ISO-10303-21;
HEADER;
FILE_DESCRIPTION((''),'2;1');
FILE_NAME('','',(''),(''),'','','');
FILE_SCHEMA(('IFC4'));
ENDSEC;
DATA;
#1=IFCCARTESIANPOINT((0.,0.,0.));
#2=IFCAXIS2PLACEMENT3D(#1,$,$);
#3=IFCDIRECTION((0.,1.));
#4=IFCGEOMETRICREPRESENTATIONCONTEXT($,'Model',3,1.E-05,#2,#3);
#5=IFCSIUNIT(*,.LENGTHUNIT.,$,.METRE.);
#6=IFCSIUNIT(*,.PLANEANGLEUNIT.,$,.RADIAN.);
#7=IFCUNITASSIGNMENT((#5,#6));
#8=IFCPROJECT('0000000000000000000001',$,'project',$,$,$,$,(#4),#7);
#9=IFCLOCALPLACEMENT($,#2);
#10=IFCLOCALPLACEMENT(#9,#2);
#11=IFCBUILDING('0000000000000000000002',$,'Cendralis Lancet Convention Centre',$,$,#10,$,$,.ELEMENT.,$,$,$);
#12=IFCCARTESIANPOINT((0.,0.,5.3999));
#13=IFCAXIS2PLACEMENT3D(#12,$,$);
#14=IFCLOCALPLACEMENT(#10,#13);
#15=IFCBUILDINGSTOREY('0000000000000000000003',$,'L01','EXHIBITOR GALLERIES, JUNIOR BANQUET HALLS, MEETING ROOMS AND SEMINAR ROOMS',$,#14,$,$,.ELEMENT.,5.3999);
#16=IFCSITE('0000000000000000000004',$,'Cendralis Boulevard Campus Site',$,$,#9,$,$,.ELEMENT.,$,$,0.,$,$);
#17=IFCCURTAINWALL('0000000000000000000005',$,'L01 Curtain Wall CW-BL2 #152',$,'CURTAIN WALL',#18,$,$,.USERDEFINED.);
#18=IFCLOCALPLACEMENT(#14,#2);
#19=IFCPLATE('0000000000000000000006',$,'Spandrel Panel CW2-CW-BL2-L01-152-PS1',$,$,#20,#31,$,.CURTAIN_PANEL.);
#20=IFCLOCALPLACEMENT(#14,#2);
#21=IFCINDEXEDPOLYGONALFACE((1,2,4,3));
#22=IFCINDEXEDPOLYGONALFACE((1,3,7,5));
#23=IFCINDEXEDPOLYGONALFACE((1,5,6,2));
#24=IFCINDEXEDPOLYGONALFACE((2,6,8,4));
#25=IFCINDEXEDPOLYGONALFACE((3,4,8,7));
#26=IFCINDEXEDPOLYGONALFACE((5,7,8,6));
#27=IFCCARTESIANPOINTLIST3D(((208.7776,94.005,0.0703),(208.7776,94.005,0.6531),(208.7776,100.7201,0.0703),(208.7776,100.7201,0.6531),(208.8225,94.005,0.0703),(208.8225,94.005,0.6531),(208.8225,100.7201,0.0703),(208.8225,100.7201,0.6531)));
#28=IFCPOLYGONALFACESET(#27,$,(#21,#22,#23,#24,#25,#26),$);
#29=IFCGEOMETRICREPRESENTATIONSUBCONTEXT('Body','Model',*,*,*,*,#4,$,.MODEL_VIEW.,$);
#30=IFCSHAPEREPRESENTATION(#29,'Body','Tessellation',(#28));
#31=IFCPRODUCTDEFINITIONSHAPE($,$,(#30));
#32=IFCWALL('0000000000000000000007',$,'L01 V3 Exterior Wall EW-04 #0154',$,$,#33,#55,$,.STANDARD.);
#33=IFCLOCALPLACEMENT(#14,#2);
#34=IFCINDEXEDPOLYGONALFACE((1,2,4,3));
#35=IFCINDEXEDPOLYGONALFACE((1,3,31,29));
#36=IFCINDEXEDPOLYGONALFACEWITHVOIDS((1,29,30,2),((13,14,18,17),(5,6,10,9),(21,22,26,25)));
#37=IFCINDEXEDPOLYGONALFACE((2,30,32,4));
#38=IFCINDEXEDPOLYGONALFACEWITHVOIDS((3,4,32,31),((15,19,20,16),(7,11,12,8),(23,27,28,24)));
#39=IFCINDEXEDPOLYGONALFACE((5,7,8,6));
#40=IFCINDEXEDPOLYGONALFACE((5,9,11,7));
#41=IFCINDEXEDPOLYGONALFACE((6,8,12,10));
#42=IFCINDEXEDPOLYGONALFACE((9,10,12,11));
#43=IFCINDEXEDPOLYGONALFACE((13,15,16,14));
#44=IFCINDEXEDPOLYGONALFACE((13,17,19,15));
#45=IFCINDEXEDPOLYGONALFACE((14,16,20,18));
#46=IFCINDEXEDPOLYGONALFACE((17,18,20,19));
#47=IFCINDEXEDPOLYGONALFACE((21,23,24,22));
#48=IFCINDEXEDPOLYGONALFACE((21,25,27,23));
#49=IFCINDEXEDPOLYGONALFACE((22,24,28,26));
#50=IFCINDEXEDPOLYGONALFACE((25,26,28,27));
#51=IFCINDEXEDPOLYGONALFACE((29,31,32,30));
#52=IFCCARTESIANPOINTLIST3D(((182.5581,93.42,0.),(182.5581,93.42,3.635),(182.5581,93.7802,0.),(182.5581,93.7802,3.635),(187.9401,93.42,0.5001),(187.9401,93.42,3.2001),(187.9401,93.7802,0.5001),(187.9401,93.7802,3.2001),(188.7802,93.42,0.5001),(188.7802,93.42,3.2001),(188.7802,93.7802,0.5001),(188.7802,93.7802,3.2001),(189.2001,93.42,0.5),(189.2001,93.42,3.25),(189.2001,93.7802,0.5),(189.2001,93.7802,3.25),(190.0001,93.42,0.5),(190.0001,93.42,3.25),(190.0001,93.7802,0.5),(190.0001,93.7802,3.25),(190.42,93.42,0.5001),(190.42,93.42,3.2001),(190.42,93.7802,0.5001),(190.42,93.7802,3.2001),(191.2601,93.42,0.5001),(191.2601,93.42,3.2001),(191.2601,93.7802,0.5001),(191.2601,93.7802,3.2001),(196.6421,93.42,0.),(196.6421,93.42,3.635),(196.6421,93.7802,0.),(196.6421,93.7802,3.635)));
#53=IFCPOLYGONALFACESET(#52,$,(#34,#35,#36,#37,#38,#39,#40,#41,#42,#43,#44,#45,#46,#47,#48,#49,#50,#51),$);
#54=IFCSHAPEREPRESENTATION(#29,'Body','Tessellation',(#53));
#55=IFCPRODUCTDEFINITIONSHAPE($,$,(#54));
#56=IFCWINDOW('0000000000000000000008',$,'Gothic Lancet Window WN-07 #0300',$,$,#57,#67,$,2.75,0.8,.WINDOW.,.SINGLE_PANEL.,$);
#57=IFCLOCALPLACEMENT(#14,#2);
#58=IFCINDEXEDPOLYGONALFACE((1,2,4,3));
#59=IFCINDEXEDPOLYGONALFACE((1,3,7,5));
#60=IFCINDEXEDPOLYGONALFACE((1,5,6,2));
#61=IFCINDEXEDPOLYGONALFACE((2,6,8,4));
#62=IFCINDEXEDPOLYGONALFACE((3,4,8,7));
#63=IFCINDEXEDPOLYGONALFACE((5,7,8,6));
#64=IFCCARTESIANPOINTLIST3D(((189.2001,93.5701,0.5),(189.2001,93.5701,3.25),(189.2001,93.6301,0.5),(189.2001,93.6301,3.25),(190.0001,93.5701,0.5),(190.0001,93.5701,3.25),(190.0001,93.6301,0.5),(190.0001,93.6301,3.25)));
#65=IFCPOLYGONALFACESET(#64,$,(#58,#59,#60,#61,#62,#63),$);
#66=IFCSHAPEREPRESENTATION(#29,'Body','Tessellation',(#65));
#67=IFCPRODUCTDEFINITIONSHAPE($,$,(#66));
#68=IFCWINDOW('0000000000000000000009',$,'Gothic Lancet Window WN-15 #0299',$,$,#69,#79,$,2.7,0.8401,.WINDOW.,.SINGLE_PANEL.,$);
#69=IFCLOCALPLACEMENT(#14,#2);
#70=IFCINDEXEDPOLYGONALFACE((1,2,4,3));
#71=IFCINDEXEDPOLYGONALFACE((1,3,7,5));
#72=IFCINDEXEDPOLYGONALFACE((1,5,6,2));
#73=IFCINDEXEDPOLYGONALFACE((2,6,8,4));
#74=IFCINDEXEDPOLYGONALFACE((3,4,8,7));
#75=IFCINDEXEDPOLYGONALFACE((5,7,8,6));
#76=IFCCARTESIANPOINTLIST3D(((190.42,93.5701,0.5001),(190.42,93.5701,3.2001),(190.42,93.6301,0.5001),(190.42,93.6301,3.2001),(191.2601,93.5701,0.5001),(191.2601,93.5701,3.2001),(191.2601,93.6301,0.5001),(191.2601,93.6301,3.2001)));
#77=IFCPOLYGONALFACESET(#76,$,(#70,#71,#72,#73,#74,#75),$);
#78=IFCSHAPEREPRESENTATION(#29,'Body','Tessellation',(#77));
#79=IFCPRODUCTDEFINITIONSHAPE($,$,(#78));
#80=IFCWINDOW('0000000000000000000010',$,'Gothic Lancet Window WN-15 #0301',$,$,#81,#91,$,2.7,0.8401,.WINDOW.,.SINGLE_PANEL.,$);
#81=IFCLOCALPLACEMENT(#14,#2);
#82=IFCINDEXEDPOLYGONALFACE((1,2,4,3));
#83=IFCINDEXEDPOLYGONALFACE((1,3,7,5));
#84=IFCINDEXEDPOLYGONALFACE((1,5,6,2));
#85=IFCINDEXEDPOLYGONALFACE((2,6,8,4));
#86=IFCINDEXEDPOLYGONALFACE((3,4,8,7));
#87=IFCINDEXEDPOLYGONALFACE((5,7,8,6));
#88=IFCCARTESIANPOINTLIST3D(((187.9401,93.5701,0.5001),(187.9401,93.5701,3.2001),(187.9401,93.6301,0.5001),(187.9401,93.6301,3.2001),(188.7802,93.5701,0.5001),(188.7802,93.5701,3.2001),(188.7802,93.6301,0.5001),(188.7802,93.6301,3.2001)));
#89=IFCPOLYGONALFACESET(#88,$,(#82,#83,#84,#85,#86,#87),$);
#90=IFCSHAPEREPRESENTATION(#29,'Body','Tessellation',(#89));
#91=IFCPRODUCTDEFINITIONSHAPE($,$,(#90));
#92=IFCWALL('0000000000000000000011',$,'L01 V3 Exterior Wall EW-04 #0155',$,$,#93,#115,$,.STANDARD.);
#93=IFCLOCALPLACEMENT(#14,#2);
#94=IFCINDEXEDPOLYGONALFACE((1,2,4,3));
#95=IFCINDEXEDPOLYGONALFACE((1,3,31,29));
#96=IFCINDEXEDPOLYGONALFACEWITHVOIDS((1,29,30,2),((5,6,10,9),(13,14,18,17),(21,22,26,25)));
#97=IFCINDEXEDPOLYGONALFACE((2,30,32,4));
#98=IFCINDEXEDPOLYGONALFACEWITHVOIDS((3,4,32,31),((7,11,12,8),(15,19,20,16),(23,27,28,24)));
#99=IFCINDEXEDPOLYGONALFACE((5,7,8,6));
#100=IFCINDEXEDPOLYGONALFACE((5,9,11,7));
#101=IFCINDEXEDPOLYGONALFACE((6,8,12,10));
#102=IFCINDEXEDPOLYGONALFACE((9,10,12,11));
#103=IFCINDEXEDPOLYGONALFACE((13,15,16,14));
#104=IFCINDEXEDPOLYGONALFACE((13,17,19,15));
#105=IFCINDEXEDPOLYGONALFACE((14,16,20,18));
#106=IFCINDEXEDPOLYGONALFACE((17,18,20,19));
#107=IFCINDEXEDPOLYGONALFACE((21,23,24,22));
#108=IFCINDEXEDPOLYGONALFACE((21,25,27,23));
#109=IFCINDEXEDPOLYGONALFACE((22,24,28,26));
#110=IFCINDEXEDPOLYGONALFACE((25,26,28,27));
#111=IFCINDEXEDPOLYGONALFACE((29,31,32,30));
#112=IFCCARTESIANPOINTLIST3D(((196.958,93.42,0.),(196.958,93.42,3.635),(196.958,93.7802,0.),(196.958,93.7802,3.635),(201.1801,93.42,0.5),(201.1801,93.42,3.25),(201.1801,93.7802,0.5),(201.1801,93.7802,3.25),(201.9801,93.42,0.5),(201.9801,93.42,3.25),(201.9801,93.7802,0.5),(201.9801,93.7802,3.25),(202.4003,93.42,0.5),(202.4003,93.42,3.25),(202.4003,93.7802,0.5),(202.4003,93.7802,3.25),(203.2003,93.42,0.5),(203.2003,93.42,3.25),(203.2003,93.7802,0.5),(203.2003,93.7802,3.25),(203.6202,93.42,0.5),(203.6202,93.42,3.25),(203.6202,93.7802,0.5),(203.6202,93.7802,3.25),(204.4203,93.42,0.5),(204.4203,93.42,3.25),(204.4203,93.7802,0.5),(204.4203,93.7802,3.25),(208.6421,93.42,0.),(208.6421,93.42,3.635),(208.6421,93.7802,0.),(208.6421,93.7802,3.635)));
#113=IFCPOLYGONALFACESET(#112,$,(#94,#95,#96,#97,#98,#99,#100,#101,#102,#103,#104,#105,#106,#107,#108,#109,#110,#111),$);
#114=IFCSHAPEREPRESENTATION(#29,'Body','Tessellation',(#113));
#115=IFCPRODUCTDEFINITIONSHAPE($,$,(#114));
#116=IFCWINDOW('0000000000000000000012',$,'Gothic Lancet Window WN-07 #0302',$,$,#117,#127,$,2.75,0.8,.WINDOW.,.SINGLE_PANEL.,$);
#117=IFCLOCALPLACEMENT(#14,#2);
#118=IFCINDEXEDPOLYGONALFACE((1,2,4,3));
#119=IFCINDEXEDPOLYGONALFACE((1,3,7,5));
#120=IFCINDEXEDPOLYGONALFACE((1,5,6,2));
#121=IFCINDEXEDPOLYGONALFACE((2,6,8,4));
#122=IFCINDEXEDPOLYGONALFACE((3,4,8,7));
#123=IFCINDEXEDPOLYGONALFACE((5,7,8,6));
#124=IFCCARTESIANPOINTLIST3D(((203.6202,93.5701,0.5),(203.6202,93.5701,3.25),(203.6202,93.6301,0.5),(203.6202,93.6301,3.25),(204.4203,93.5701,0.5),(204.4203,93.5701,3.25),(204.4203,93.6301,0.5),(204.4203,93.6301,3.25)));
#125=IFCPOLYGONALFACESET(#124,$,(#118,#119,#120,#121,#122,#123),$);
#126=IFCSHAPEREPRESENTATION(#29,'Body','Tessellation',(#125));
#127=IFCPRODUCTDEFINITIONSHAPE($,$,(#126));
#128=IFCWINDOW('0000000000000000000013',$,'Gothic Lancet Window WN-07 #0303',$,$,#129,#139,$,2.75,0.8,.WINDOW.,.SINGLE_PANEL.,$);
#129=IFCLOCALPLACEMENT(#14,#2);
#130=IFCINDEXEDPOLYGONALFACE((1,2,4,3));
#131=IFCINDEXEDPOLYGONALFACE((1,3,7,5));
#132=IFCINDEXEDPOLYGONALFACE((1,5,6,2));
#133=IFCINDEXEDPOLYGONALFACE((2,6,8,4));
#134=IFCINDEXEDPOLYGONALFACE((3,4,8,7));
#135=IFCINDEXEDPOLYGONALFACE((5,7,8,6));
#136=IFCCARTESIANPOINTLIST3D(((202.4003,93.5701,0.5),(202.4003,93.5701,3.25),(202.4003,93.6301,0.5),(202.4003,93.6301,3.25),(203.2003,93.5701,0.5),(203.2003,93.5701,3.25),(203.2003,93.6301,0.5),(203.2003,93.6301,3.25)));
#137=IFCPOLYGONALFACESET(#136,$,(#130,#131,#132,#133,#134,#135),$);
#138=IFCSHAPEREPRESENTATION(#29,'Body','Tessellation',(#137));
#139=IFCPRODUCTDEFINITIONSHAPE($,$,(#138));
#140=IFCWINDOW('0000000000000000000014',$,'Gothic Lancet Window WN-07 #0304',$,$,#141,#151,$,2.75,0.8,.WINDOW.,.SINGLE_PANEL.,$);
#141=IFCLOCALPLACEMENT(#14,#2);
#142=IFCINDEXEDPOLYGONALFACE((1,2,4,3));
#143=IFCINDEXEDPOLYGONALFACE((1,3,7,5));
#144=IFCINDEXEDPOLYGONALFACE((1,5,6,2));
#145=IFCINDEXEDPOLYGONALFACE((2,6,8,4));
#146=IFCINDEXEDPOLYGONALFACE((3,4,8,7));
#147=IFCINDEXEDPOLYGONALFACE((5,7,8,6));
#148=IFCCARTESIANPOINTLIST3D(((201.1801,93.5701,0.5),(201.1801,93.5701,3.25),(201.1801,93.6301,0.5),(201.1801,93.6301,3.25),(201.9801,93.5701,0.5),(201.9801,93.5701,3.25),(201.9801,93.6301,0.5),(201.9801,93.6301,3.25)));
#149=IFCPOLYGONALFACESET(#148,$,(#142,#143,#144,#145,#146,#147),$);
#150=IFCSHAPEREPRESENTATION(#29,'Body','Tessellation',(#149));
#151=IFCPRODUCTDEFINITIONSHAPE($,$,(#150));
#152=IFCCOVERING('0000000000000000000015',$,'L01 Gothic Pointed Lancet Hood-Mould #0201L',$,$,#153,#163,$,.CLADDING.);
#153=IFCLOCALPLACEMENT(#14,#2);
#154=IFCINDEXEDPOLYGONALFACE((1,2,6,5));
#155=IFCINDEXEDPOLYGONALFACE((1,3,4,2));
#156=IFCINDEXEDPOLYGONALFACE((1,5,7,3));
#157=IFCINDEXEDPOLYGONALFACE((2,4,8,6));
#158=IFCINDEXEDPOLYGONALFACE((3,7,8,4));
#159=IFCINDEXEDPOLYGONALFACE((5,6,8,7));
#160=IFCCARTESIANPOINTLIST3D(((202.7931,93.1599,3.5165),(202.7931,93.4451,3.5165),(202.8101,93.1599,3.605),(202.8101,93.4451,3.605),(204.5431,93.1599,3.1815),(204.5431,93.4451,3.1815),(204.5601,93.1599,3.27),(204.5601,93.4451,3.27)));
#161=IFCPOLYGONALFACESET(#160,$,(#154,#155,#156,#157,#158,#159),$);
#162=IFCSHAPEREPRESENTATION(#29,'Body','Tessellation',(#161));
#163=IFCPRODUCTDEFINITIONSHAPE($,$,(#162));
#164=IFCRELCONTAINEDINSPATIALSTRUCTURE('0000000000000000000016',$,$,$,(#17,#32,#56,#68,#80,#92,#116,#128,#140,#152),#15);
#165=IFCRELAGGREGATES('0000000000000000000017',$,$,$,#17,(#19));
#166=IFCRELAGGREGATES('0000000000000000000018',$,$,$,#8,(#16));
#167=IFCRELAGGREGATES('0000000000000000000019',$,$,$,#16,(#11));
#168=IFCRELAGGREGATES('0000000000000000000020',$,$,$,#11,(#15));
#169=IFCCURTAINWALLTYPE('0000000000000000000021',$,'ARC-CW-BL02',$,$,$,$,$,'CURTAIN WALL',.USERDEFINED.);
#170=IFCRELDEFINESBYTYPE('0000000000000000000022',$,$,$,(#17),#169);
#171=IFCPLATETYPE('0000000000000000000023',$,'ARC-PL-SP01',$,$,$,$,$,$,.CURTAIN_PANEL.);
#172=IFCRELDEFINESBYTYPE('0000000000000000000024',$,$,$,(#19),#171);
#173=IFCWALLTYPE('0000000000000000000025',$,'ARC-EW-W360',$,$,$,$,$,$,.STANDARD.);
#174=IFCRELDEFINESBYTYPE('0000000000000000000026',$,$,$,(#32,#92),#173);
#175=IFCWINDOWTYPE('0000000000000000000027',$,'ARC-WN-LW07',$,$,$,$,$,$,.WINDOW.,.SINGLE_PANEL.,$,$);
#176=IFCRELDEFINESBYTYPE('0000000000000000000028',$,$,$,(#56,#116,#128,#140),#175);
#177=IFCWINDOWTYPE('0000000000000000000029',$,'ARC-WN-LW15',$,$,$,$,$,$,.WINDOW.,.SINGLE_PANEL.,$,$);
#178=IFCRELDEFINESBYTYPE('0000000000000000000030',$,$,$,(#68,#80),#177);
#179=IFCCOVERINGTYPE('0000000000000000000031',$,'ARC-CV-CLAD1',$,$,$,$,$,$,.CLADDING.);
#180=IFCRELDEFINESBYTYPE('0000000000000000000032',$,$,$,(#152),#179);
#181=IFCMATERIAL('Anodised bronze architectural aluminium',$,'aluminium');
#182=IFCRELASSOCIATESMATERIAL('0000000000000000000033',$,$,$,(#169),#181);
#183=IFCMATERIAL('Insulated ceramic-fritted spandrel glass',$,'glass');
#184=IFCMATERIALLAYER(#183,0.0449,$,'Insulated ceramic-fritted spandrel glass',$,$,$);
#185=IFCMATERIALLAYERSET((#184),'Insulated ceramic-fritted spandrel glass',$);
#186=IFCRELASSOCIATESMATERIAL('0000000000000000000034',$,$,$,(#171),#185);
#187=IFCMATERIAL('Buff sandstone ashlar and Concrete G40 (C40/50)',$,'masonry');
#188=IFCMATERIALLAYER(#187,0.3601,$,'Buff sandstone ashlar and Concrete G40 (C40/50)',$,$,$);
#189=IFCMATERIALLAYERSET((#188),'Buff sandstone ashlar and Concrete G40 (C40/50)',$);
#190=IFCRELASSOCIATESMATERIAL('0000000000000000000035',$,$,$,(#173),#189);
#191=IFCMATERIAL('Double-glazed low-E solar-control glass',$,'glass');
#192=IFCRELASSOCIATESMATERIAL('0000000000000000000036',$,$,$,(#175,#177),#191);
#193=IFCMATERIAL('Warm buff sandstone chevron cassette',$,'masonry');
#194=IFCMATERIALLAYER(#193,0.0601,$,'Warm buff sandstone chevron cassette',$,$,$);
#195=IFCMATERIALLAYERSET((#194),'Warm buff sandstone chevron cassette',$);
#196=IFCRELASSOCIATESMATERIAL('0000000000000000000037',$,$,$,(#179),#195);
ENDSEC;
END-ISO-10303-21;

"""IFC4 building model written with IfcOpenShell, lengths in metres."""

from ifc_helpers import new_model, si_unit, direction, frame, frame_2d, origin, origin_2d, place, context, subcontext, project, spatial, polyline, rectangle, outline, extrude, material, layer, layer_set, type_object, element, fill, aggregate, save


model = new_model("IFC4")

# Units and contexts
model_context = context("Model", 3, precision=1e-05, world=origin(), true_north=direction((0.0, 1.0)))
body_context = subcontext(model_context, "Body", "Model", "MODEL_VIEW")
ifc_project = project(units=[si_unit("LENGTHUNIT", "METRE"), si_unit("PLANEANGLEUNIT", "RADIAN")], contexts=[model_context])

# Site, building, storey
site_placement = place(None, origin())
site = spatial("IfcSite", under=ifc_project, at=site_placement, Name="Cendralis Boulevard Campus Site", CompositionType="ELEMENT", RefElevation=0.0)
building_placement = place(site_placement, origin())
building = spatial("IfcBuilding", under=site, at=building_placement, Name="Cendralis Lancet Convention Centre", CompositionType="ELEMENT")
storey_placement = place(building_placement, frame((0.0, 0.0, 5.3999)))
storey = spatial("IfcBuildingStorey", under=building, at=storey_placement, Name="L01", Description="EXHIBITOR GALLERIES, JUNIOR BANQUET HALLS, MEETING ROOMS AND SEMINAR ROOMS", CompositionType="ELEMENT", Elevation=5.3999)

# Curtain wall
ifc_material_1 = material(Name="Anodised bronze architectural aluminium", Category="aluminium")
curtain_wall_type = type_object("IfcCurtainWallType", Name="ARC-CW-BL02", ElementType="CURTAIN WALL", PredefinedType="USERDEFINED", material=ifc_material_1)
curtain_wall_placement = place(storey_placement, origin())
curtain_wall = element("IfcCurtainWall", 1, at=curtain_wall_placement, inside=storey, type_object=curtain_wall_type, Name="L01 Curtain Wall CW-BL2 #152", ObjectType="CURTAIN WALL", PredefinedType="USERDEFINED")

# Plate
ifc_material_2 = material(Name="Double-glazed low-E solar-control glass", Category="glass")
ifc_material_3 = material(Name="Insulated ceramic-fritted spandrel glass", Category="glass")
ifc_layer_1 = layer(ifc_material_3, 0.0449, Name="Insulated ceramic-fritted spandrel glass")
ifc_layer_set_1 = layer_set([ifc_layer_1], Name="Insulated ceramic-fritted spandrel glass")
plate_type_1 = type_object("IfcPlateType", Name="ARC-PL-SP01", PredefinedType="CURTAIN_PANEL", material=ifc_layer_set_1)
plate_1_placement = place(storey_placement, frame((208.8, 97.3625, 0.0703), z_axis=(0.0, 0.0, 1.0), x_axis=(0.0, -1.0, 0.0)))
plate_1 = element("IfcPlate", 2, at=plate_1_placement, type_object=plate_type_1, Name="Spandrel Panel CW2-CW-BL2-L01-152-PS1", PredefinedType="CURTAIN_PANEL", context=body_context, shape_type="SweptSolid", body=[
    extrude(rectangle(XDim=6.7151, YDim=0.0449, at=origin_2d()), origin(), (0.0, 0.0, 1.0), 0.5828),
])
aggregate(curtain_wall, [plate_1])

# Walls, openings, windows
ifc_material_4 = material(Name="Buff sandstone ashlar and Concrete G40 (C40/50)", Category="masonry")
ifc_layer_2 = layer(ifc_material_4, 0.3601, Name="Buff sandstone ashlar and Concrete G40 (C40/50)")
ifc_layer_set_2 = layer_set([ifc_layer_2], Name="Buff sandstone ashlar and Concrete G40 (C40/50)")
wall_type = type_object("IfcWallType", Name="ARC-EW-W360", PredefinedType="STANDARD", material=ifc_layer_set_2)
wall_1_placement = place(storey_placement, frame((196.6421, 93.6001, 0.0), z_axis=(0.0, 0.0, 1.0), x_axis=(-1.0, 0.0, 0.0)))
wall_1 = element("IfcWall", 3, at=wall_1_placement, inside=storey, type_object=wall_type, Name="L01 V3 Exterior Wall EW-04 #0154", PredefinedType="STANDARD", context=body_context, shape_type="SweptSolid", body=[
    extrude(rectangle(XDim=14.084, YDim=0.3601, at=frame_2d((7.042, 0.0))), origin(), (0.0, 0.0, 1.0), 3.635),
])
opening_1_placement = place(wall_1_placement, frame((5.3821, 0.0, 0.5)))
opening_1 = element("IfcOpeningElement", 4, at=opening_1_placement, cuts=wall_1, PredefinedType="OPENING", context=body_context, shape_type="SweptSolid", body=[
    extrude(rectangle(XDim=0.8401, YDim=2.7, at=frame_2d((0.4199, 1.3501))), frame((0.0, 0.1899, 0.0), z_axis=(0.0, -1.0, 0.0), x_axis=(1.0, 0.0, 0.0)), (0.0, 0.0, 1.0), 0.3801),
])
opening_2_placement = place(wall_1_placement, frame((6.6421, 0.0, 0.5)))
opening_2 = element("IfcOpeningElement", 5, at=opening_2_placement, cuts=wall_1, PredefinedType="OPENING", context=body_context, shape_type="SweptSolid", body=[
    extrude(rectangle(XDim=0.8, YDim=2.75, at=frame_2d((0.3999, 1.375))), frame((0.0, 0.1899, 0.0), z_axis=(0.0, -1.0, 0.0), x_axis=(1.0, 0.0, 0.0)), (0.0, 0.0, 1.0), 0.3801),
])
opening_3_placement = place(wall_1_placement, frame((7.8621, 0.0, 0.5)))
opening_3 = element("IfcOpeningElement", 6, at=opening_3_placement, cuts=wall_1, PredefinedType="OPENING", context=body_context, shape_type="SweptSolid", body=[
    extrude(rectangle(XDim=0.8401, YDim=2.7, at=frame_2d((0.4199, 1.3501))), frame((0.0, 0.1899, 0.0), z_axis=(0.0, -1.0, 0.0), x_axis=(1.0, 0.0, 0.0)), (0.0, 0.0, 1.0), 0.3801),
])
window_type_1 = type_object("IfcWindowType", Name="ARC-WN-LW07", PartitioningType="SINGLE_PANEL", PredefinedType="WINDOW", material=ifc_material_2)
window_1_placement = place(opening_2_placement, origin())
window_1 = element("IfcWindow", 7, at=window_1_placement, inside=storey, type_object=window_type_1, Name="Gothic Lancet Window WN-07 #0300", OverallHeight=2.75, OverallWidth=0.8, PartitioningType="SINGLE_PANEL", PredefinedType="WINDOW", context=body_context, shape_type="SweptSolid", body=[
    extrude(rectangle(XDim=0.8, YDim=2.75, at=frame_2d((0.3999, 1.375))), frame((0.0, 0.03, 0.0), z_axis=(0.0, -1.0, 0.0), x_axis=(1.0, 0.0, 0.0)), (0.0, 0.0, 1.0), 0.0601),
])
fill(opening_2, window_1)
window_type_2 = type_object("IfcWindowType", Name="ARC-WN-LW15", PartitioningType="SINGLE_PANEL", PredefinedType="WINDOW", material=ifc_material_2)
window_2_placement = place(opening_1_placement, origin())
window_2 = element("IfcWindow", 8, at=window_2_placement, inside=storey, type_object=window_type_2, Name="Gothic Lancet Window WN-15 #0299", OverallHeight=2.7, OverallWidth=0.8401, PartitioningType="SINGLE_PANEL", PredefinedType="WINDOW", context=body_context, shape_type="SweptSolid", body=[
    extrude(rectangle(XDim=0.8401, YDim=2.7, at=frame_2d((0.4199, 1.3501))), frame((0.0, 0.03, 0.0), z_axis=(0.0, -1.0, 0.0), x_axis=(1.0, 0.0, 0.0)), (0.0, 0.0, 1.0), 0.0601),
])
fill(opening_1, window_2)
window_3_placement = place(opening_3_placement, origin())
window_3 = element("IfcWindow", 9, at=window_3_placement, inside=storey, type_object=window_type_2, Name="Gothic Lancet Window WN-15 #0301", OverallHeight=2.7, OverallWidth=0.8401, PartitioningType="SINGLE_PANEL", PredefinedType="WINDOW", context=body_context, shape_type="SweptSolid", body=[
    extrude(rectangle(XDim=0.8401, YDim=2.7, at=frame_2d((0.4199, 1.3501))), frame((0.0, 0.03, 0.0), z_axis=(0.0, -1.0, 0.0), x_axis=(1.0, 0.0, 0.0)), (0.0, 0.0, 1.0), 0.0601),
])
fill(opening_3, window_3)
wall_2_placement = place(storey_placement, frame((208.6421, 93.6001, 0.0), z_axis=(0.0, 0.0, 1.0), x_axis=(-1.0, 0.0, 0.0)))
wall_2 = element("IfcWall", 10, at=wall_2_placement, inside=storey, type_object=wall_type, Name="L01 V3 Exterior Wall EW-04 #0155", PredefinedType="STANDARD", context=body_context, shape_type="SweptSolid", body=[
    extrude(rectangle(XDim=11.6841, YDim=0.3601, at=frame_2d((5.842, 0.0))), origin(), (0.0, 0.0, 1.0), 3.635),
])
opening_4_placement = place(wall_2_placement, frame((4.2219, 0.0, 0.5)))
opening_4 = element("IfcOpeningElement", 11, at=opening_4_placement, cuts=wall_2, PredefinedType="OPENING", context=body_context, shape_type="SweptSolid", body=[
    extrude(rectangle(XDim=0.8, YDim=2.75, at=frame_2d((0.3999, 1.375))), frame((0.0, 0.1899, 0.0), z_axis=(0.0, -1.0, 0.0), x_axis=(1.0, 0.0, 0.0)), (0.0, 0.0, 1.0), 0.3801),
])
opening_5_placement = place(wall_2_placement, frame((5.4419, 0.0, 0.5)))
opening_5 = element("IfcOpeningElement", 12, at=opening_5_placement, cuts=wall_2, PredefinedType="OPENING", context=body_context, shape_type="SweptSolid", body=[
    extrude(rectangle(XDim=0.8, YDim=2.75, at=frame_2d((0.3999, 1.375))), frame((0.0, 0.1899, 0.0), z_axis=(0.0, -1.0, 0.0), x_axis=(1.0, 0.0, 0.0)), (0.0, 0.0, 1.0), 0.3801),
])
opening_6_placement = place(wall_2_placement, frame((6.6621, 0.0, 0.5)))
opening_6 = element("IfcOpeningElement", 13, at=opening_6_placement, cuts=wall_2, PredefinedType="OPENING", context=body_context, shape_type="SweptSolid", body=[
    extrude(rectangle(XDim=0.8, YDim=2.75, at=frame_2d((0.3999, 1.375))), frame((0.0, 0.1899, 0.0), z_axis=(0.0, -1.0, 0.0), x_axis=(1.0, 0.0, 0.0)), (0.0, 0.0, 1.0), 0.3801),
])
window_4_placement = place(opening_4_placement, origin())
window_4 = element("IfcWindow", 14, at=window_4_placement, inside=storey, type_object=window_type_1, Name="Gothic Lancet Window WN-07 #0302", OverallHeight=2.75, OverallWidth=0.8, PartitioningType="SINGLE_PANEL", PredefinedType="WINDOW", context=body_context, shape_type="SweptSolid", body=[
    extrude(rectangle(XDim=0.8, YDim=2.75, at=frame_2d((0.3999, 1.375))), frame((0.0, 0.03, 0.0), z_axis=(0.0, -1.0, 0.0), x_axis=(1.0, 0.0, 0.0)), (0.0, 0.0, 1.0), 0.0601),
])
fill(opening_4, window_4)
window_5_placement = place(opening_5_placement, origin())
window_5 = element("IfcWindow", 15, at=window_5_placement, inside=storey, type_object=window_type_1, Name="Gothic Lancet Window WN-07 #0303", OverallHeight=2.75, OverallWidth=0.8, PartitioningType="SINGLE_PANEL", PredefinedType="WINDOW", context=body_context, shape_type="SweptSolid", body=[
    extrude(rectangle(XDim=0.8, YDim=2.75, at=frame_2d((0.3999, 1.375))), frame((0.0, 0.03, 0.0), z_axis=(0.0, -1.0, 0.0), x_axis=(1.0, 0.0, 0.0)), (0.0, 0.0, 1.0), 0.0601),
])
fill(opening_5, window_5)
window_6_placement = place(opening_6_placement, origin())
window_6 = element("IfcWindow", 16, at=window_6_placement, inside=storey, type_object=window_type_1, Name="Gothic Lancet Window WN-07 #0304", OverallHeight=2.75, OverallWidth=0.8, PartitioningType="SINGLE_PANEL", PredefinedType="WINDOW", context=body_context, shape_type="SweptSolid", body=[
    extrude(rectangle(XDim=0.8, YDim=2.75, at=frame_2d((0.3999, 1.375))), frame((0.0, 0.03, 0.0), z_axis=(0.0, -1.0, 0.0), x_axis=(1.0, 0.0, 0.0)), (0.0, 0.0, 1.0), 0.0601),
])
fill(opening_6, window_6)

# Covering
ifc_material_5 = material(Name="Warm buff sandstone chevron cassette", Category="masonry")
ifc_layer_3 = layer(ifc_material_5, 0.0601, Name="Warm buff sandstone chevron cassette")
ifc_layer_set_3 = layer_set([ifc_layer_3], Name="Warm buff sandstone chevron cassette")
covering_type = type_object("IfcCoveringType", Name="ARC-CV-CLAD1", PredefinedType="CLADDING", material=ifc_layer_set_3)
for number, where, z_axis, x_axis, name in (
    (17, (204.5601, 93.1599, 3.27), (0.187994, 0.0, 0.98217), (0.0, 1.0, 0.0), "L01 Gothic Pointed Lancet Hood-Mould #0201L"),
):
    element("IfcCovering", number, at=place(storey_placement, frame(where, z_axis=z_axis, x_axis=x_axis)), inside=storey, type_object=covering_type, Name=name, PredefinedType="CLADDING", context=body_context, shape_type="SweptSolid", body=[
        extrude(outline(polyline([(0.0, 0.0), (0.2852, 0.0), (0.2852, 1.7818), (0.0, 1.7818), (0.0, 0.0)])), origin(), (0.0, 0.0, -1.0), 0.0901),
    ])

save(model, "model.ifc")
